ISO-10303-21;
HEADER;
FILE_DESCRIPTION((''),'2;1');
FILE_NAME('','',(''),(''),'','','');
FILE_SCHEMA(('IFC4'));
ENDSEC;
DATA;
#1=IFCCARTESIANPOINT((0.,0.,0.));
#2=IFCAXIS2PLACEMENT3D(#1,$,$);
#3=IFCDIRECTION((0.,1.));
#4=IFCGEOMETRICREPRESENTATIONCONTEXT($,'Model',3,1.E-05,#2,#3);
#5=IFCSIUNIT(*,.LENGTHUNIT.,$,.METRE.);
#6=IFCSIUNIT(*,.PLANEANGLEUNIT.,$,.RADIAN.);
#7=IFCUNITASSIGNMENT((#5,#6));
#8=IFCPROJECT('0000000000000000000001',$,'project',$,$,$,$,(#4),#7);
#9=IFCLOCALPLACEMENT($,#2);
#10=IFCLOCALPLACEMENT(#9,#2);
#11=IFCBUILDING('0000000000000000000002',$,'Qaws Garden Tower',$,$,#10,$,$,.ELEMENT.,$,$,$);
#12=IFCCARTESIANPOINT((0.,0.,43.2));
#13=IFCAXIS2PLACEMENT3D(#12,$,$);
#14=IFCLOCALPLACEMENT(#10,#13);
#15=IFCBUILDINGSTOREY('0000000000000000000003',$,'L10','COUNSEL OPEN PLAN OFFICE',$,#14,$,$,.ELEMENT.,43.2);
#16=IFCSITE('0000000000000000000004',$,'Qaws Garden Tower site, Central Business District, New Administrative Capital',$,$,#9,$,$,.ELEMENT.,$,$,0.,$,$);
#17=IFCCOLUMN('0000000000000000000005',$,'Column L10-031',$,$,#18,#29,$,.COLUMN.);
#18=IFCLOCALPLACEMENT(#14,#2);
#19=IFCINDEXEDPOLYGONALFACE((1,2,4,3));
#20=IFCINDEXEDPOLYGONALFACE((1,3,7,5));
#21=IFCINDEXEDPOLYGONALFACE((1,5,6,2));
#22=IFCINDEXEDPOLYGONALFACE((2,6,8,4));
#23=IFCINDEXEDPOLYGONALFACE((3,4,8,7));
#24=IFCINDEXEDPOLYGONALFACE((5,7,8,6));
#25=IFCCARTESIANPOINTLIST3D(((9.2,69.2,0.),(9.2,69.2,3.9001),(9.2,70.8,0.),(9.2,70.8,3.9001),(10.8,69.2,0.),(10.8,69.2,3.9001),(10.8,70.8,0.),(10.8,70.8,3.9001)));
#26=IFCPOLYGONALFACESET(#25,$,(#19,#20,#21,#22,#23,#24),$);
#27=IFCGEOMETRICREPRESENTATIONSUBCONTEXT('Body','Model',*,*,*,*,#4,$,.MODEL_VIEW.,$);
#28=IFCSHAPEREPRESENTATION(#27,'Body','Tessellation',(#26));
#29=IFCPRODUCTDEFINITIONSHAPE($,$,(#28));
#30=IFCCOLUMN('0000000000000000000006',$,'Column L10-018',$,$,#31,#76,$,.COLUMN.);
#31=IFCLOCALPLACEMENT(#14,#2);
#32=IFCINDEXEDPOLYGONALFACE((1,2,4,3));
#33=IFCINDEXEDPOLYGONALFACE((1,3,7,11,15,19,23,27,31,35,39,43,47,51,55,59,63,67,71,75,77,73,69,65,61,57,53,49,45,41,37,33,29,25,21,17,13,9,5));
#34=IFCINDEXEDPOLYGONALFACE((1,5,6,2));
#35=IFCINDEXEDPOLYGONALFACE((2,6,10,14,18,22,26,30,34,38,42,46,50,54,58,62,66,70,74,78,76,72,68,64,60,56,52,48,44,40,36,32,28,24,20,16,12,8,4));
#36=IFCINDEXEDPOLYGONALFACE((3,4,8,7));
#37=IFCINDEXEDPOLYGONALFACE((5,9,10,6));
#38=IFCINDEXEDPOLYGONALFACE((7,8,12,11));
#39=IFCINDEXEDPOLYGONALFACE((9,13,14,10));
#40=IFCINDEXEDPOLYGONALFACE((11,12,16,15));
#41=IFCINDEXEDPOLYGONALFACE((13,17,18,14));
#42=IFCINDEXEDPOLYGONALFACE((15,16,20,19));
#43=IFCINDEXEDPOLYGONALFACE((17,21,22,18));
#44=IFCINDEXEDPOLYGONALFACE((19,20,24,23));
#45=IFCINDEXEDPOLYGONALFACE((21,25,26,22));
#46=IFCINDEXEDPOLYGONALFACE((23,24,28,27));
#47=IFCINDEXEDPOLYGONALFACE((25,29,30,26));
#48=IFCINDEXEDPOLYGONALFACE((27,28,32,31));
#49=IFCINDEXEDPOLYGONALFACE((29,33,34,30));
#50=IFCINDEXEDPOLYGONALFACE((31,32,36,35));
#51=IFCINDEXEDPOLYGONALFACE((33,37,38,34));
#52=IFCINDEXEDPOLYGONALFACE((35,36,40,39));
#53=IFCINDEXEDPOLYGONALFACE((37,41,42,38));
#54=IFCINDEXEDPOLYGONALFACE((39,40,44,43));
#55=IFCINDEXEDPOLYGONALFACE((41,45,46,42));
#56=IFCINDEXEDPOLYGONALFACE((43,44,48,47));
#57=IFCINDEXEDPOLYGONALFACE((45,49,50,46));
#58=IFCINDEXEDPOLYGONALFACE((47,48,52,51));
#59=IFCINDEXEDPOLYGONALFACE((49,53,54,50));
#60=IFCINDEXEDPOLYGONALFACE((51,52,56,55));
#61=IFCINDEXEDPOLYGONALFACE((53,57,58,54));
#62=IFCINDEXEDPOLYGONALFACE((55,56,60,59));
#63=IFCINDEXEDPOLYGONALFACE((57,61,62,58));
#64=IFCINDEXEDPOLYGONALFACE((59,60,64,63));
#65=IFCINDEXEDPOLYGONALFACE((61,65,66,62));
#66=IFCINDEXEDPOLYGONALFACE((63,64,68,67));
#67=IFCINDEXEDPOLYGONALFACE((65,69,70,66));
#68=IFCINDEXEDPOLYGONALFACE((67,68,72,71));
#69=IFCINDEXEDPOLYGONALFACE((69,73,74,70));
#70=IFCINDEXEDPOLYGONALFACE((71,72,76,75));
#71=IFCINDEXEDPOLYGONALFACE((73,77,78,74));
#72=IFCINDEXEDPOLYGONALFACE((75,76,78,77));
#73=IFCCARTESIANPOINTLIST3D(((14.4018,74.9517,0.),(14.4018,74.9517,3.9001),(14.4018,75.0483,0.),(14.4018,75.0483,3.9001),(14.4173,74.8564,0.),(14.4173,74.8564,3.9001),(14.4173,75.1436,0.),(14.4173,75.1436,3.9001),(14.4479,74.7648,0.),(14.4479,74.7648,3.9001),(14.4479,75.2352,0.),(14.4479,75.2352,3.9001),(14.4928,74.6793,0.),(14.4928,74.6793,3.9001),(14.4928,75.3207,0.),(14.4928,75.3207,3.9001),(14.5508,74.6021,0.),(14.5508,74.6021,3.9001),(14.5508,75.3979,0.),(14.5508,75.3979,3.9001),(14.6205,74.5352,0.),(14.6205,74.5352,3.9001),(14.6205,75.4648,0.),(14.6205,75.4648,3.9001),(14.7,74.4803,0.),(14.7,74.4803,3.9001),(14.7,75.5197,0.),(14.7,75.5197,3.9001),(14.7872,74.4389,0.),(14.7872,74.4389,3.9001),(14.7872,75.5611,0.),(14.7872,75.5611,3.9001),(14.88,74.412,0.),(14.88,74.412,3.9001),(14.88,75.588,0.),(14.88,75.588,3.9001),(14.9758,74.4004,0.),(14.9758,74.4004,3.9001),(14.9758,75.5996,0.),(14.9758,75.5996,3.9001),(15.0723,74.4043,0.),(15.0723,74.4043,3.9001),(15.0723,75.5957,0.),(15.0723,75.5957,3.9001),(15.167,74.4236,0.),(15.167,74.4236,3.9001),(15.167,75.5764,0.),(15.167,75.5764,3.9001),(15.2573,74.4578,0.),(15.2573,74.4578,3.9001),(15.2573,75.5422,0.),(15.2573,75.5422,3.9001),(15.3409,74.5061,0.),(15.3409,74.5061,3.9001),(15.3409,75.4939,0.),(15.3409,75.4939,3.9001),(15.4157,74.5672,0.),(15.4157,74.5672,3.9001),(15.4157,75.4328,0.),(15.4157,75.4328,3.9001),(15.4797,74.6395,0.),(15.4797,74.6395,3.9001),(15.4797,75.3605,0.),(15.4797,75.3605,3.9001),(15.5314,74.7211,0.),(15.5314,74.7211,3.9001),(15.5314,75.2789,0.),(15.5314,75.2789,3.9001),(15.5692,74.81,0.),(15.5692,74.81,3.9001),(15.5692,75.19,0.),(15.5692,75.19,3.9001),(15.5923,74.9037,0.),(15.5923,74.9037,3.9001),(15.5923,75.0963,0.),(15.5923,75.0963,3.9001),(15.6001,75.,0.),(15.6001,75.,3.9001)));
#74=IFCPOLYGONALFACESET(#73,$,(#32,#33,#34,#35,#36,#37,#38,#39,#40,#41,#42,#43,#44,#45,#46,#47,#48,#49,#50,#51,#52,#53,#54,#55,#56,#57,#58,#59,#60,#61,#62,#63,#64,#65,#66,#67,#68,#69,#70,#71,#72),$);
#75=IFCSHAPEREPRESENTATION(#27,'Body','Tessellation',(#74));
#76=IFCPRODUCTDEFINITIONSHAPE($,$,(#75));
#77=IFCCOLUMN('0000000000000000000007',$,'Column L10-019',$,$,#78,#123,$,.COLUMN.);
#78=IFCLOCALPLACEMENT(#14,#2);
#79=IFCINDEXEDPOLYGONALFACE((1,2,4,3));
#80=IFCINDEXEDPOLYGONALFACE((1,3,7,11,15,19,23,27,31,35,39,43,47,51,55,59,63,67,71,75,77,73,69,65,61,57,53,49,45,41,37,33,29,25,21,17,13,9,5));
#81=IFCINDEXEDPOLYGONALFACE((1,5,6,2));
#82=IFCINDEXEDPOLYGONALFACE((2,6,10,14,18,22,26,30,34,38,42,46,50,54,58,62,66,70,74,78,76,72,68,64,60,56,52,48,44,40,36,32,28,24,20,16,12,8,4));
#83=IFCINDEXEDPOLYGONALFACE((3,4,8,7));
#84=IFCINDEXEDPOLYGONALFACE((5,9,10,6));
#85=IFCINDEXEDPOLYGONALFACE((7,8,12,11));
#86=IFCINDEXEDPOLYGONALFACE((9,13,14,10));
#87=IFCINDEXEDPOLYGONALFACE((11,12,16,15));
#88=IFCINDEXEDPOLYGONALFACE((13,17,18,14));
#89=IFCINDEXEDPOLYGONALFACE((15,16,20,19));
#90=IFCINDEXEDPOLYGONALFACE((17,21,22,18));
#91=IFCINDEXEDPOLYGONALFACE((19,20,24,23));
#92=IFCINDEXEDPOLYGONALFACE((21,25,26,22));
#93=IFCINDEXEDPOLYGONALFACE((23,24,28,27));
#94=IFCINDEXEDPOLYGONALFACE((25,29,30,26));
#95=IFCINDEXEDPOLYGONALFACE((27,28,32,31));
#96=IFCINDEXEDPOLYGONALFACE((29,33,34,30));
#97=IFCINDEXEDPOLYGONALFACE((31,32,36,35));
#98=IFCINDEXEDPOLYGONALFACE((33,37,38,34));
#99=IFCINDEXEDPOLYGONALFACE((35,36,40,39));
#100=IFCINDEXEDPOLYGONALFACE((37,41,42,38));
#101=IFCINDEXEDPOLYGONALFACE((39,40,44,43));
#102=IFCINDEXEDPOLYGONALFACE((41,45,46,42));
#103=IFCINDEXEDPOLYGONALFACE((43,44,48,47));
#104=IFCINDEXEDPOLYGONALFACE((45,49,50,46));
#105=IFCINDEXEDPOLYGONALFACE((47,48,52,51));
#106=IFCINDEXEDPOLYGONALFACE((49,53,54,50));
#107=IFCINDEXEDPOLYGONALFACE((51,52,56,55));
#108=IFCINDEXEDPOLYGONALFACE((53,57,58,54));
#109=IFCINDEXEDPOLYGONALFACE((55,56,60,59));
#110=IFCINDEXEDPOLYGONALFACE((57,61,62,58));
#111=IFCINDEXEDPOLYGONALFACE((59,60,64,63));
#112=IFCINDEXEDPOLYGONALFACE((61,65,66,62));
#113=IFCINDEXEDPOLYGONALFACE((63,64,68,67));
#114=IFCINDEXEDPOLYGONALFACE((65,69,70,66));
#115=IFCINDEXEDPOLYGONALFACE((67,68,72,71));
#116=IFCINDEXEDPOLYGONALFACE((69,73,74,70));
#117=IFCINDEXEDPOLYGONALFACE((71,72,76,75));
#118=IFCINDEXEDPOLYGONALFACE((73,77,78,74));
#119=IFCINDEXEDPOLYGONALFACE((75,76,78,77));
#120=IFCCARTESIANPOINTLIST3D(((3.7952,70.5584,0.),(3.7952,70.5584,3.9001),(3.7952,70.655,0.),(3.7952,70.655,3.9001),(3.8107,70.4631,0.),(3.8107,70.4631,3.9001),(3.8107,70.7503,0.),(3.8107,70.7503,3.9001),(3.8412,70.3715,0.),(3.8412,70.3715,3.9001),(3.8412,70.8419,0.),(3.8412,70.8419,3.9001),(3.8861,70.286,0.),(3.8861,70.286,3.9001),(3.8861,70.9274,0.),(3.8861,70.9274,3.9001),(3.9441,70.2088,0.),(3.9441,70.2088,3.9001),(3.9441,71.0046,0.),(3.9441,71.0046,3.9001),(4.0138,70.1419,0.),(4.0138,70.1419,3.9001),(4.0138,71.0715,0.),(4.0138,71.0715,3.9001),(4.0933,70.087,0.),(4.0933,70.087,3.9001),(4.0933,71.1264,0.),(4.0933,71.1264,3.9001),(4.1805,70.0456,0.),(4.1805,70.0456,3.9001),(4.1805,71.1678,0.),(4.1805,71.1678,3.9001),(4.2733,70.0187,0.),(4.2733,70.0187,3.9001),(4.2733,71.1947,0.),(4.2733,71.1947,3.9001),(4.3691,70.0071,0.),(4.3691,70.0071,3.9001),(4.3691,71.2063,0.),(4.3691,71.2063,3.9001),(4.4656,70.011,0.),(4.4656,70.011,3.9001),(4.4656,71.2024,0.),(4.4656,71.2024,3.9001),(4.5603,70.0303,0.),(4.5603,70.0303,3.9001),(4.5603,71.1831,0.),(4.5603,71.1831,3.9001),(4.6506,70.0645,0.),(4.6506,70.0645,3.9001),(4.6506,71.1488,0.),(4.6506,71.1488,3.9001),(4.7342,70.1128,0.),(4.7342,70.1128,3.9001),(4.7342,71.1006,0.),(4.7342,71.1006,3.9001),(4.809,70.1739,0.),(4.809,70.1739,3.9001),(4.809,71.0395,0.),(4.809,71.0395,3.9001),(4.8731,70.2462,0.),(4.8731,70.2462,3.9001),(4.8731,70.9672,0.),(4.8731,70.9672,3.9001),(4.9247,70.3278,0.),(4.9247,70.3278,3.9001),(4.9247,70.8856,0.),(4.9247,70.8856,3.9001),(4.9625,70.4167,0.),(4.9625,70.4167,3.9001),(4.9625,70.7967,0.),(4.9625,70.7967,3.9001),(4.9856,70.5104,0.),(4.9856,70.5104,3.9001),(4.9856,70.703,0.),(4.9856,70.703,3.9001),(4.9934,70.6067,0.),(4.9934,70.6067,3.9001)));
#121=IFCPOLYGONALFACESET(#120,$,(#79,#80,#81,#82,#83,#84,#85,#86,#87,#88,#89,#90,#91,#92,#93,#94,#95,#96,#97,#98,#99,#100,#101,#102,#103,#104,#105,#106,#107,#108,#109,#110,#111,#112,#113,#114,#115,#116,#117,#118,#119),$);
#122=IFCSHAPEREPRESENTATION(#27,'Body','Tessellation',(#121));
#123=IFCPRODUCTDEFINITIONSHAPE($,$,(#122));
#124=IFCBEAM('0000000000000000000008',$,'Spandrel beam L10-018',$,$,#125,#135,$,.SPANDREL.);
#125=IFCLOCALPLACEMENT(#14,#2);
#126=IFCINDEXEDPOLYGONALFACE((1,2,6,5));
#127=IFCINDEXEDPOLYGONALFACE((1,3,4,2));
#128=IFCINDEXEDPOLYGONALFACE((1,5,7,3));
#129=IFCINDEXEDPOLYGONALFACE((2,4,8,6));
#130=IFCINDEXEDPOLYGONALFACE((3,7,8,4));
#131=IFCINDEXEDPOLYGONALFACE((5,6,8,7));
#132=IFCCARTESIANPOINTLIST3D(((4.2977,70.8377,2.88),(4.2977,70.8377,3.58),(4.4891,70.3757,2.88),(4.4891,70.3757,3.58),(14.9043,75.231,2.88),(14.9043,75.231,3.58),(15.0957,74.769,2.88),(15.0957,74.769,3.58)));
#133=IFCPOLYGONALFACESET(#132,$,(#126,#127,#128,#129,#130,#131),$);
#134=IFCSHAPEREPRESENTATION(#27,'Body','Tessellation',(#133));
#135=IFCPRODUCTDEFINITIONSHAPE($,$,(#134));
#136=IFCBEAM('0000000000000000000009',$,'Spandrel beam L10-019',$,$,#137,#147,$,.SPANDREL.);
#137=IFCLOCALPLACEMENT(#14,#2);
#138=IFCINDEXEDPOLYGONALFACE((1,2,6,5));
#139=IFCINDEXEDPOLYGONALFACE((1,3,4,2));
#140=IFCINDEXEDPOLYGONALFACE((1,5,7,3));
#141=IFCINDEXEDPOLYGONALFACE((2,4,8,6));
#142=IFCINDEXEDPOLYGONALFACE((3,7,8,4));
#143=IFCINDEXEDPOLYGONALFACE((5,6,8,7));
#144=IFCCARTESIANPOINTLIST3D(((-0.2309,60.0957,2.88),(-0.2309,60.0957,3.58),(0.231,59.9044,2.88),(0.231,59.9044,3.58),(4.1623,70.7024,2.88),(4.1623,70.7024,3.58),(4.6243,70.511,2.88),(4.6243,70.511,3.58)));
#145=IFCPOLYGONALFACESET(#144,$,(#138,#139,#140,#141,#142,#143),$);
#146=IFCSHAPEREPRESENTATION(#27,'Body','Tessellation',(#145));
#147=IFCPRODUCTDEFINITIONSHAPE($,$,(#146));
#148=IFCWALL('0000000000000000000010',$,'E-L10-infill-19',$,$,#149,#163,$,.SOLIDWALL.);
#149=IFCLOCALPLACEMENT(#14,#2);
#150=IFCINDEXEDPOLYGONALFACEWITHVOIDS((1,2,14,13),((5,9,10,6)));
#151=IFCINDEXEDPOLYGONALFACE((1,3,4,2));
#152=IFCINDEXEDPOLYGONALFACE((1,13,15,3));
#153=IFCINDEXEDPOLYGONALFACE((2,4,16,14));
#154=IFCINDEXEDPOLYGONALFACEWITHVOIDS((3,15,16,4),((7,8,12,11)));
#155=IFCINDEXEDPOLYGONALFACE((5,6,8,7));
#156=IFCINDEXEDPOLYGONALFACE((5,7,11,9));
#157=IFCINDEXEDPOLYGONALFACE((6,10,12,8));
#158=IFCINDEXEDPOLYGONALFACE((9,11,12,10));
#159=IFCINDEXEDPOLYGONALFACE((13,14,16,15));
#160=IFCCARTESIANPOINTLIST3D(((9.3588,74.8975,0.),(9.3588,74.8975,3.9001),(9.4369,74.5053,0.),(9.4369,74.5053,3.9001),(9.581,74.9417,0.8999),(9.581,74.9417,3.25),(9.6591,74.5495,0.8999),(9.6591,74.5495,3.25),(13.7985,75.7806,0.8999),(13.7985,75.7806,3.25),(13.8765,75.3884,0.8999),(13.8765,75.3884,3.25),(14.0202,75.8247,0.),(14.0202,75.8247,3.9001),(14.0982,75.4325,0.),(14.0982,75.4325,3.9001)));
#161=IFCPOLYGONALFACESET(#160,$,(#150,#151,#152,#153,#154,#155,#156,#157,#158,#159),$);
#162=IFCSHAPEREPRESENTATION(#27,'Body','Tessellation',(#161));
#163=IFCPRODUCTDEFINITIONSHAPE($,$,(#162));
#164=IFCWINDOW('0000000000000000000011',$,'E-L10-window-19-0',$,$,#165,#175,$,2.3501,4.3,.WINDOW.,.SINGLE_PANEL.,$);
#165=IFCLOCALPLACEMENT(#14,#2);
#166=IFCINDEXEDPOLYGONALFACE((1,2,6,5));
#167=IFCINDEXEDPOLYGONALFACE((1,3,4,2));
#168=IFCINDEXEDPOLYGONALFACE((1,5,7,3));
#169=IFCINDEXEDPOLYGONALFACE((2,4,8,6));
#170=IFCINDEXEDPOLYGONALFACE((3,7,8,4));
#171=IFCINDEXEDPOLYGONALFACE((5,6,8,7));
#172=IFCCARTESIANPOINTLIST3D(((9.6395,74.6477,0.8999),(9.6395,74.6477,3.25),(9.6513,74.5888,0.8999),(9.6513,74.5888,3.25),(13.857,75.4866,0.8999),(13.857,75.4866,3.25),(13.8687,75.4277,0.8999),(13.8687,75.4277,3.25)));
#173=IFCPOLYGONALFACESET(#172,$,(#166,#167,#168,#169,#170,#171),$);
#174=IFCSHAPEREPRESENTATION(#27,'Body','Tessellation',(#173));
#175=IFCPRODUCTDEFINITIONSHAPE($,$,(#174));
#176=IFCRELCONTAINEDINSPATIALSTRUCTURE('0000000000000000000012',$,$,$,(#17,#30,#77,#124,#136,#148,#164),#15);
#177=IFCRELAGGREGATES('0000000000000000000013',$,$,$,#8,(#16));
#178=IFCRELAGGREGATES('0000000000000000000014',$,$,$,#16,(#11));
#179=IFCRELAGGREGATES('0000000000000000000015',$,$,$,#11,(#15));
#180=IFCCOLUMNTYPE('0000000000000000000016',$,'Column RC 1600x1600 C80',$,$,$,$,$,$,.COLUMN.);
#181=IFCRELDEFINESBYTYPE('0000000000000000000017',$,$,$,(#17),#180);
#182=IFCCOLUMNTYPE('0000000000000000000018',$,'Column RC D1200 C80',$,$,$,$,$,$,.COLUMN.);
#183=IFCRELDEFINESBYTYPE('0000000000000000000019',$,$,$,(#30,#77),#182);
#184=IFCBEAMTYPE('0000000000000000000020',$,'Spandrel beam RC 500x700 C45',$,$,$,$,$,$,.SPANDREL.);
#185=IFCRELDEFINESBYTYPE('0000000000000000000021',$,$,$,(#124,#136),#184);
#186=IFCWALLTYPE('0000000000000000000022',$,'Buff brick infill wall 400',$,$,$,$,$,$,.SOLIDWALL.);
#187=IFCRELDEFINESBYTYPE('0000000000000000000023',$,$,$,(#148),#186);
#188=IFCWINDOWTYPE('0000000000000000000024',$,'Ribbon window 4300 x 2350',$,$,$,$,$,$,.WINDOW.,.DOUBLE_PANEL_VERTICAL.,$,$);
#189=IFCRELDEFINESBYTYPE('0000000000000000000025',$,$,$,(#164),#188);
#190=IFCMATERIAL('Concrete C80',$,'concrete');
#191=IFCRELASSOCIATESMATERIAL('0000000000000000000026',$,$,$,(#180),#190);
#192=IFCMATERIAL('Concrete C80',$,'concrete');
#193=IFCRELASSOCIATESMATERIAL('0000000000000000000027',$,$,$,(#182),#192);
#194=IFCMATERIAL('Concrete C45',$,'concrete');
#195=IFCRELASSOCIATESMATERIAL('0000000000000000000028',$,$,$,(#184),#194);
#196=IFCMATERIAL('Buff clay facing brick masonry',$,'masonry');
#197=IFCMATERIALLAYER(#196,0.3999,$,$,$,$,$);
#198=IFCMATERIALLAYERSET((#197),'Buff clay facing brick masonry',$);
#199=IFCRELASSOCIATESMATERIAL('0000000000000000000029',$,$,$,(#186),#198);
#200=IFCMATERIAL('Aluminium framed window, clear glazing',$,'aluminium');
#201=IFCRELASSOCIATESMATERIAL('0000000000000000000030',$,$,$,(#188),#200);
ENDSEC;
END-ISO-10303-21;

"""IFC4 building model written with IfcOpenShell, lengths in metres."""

from ifc_helpers import new_model, si_unit, direction, frame, frame_2d, origin, origin_2d, place, context, subcontext, project, spatial, rectangle, circle, extrude, material, layer, layer_set, material_profile, profile_set, type_object, element, fill, save


model = new_model("IFC4")

# Units and contexts
model_context = context("Model", 3, precision=1e-05, world=origin(), true_north=direction((0.0, 1.0)))
body_context = subcontext(model_context, "Body", "Model", "MODEL_VIEW")
ifc_project = project(units=[si_unit("LENGTHUNIT", "METRE"), si_unit("PLANEANGLEUNIT", "RADIAN")], contexts=[model_context])

# Site, building, storey
site_placement = place(None, origin())
site = spatial("IfcSite", under=ifc_project, at=site_placement, Name="Qaws Garden Tower site, Central Business District, New Administrative Capital", CompositionType="ELEMENT", RefElevation=0.0)
building_placement = place(site_placement, origin())
building = spatial("IfcBuilding", under=site, at=building_placement, Name="Qaws Garden Tower", CompositionType="ELEMENT")
storey_placement = place(building_placement, frame((0.0, 0.0, 43.2)))
storey = spatial("IfcBuildingStorey", under=building, at=storey_placement, Name="L10", Description="COUNSEL OPEN PLAN OFFICE", CompositionType="ELEMENT", Elevation=43.2)

# Columns
ifc_material_1 = material(Name="Concrete C80", Category="concrete")
ifc_material_profile_1 = material_profile(ifc_material_1, rectangle(XDim=1.6001, YDim=1.6001, at=origin_2d()), Name="RC 1600x1600")
ifc_profile_set_1 = profile_set([ifc_material_profile_1], Name="Concrete C80")
column_type_1 = type_object("IfcColumnType", Name="Column RC 1600x1600 C80", PredefinedType="COLUMN", material=ifc_profile_set_1)
column_placement = place(storey_placement, frame((10.0, 70.0, 0.0), z_axis=(0.0, 0.0, 1.0), x_axis=(1.0, 0.0, 0.0)))
element("IfcColumn", 1, at=column_placement, inside=storey, type_object=column_type_1, Name="Column L10-031", PredefinedType="COLUMN", context=body_context, shape_type="SweptSolid", body=[
    extrude(rectangle(XDim=1.6001, YDim=1.6001, at=origin_2d()), origin(), (0.0, 0.0, 1.0), 3.9001),
])
ifc_material_2 = material(Name="Concrete C80", Category="concrete")
ifc_material_profile_2 = material_profile(ifc_material_2, circle(Radius=0.6001, at=origin_2d()), Name="RC D1200")
ifc_profile_set_2 = profile_set([ifc_material_profile_2], Name="Concrete C80")
column_type_2 = type_object("IfcColumnType", Name="Column RC D1200 C80", PredefinedType="COLUMN", material=ifc_profile_set_2)
for number, where, z_axis, x_axis, name in (
    (2, (15.0, 75.0, 0.0), (0.0, 0.0, 1.0), (1.0, 0.0, 0.0), "Column L10-018"),
    (3, (4.3933, 70.6067, 0.0), (0.0, 0.0, 1.0), (1.0, 0.0, 0.0), "Column L10-019"),
):
    element("IfcColumn", number, at=place(storey_placement, frame(where, z_axis=z_axis, x_axis=x_axis)), inside=storey, type_object=column_type_2, Name=name, PredefinedType="COLUMN", context=body_context, shape_type="SweptSolid", body=[
        extrude(circle(Radius=0.6001, at=origin_2d()), origin(), (0.0, 0.0, 1.0), 3.9001),
    ])

# Beams
ifc_material_3 = material(Name="Concrete C45", Category="concrete")
ifc_material_profile_3 = material_profile(ifc_material_3, rectangle(XDim=0.5, YDim=0.7, at=origin_2d()), Name="RC 500x700")
ifc_profile_set_3 = profile_set([ifc_material_profile_3], Name="Concrete C45")
beam_type = type_object("IfcBeamType", Name="Spandrel beam RC 500x700 C45", PredefinedType="SPANDREL", material=ifc_profile_set_3)
for number, where, z_axis, x_axis, name in (
    (4, (15.0, 75.0, 3.23), (-0.923883, -0.382674, 0.0), (0.382674, -0.923883, 0.0), "Spandrel beam L10-018"),
    (5, (4.3933, 70.6067, 3.23), (-0.382674, -0.923883, 0.0), (0.923883, -0.382674, 0.0), "Spandrel beam L10-019"),
):
    element("IfcBeam", number, at=place(storey_placement, frame(where, z_axis=z_axis, x_axis=x_axis)), inside=storey, type_object=beam_type, Name=name, PredefinedType="SPANDREL", context=body_context, shape_type="SweptSolid", body=[
        extrude(rectangle(XDim=0.5, YDim=0.7, at=origin_2d()), origin(), (0.0, 0.0, 1.0), 11.4805),
    ])

# Wall, opening, window
ifc_material_4 = material(Name="Buff clay facing brick masonry", Category="masonry")
ifc_layer_1 = layer(ifc_material_4, 0.3999)
ifc_layer_set_1 = layer_set([ifc_layer_1], Name="Buff clay facing brick masonry")
wall_type_1 = type_object("IfcWallType", Name="Buff brick infill wall 400", PredefinedType="SOLIDWALL", material=ifc_layer_set_1)
wall_1_placement = place(storey_placement, frame((14.0593, 75.6287, 0.0), z_axis=(0.0, 0.0, 1.0), x_axis=(-0.980784, -0.195099, 0.0)))
wall_1 = element("IfcWall", 6, at=wall_1_placement, inside=storey, type_object=wall_type_1, Name="E-L10-infill-19", PredefinedType="SOLIDWALL", context=body_context, shape_type="SweptSolid", body=[
    extrude(rectangle(XDim=4.7527, YDim=0.3999, at=frame_2d((2.3765, 0.0))), origin(), (0.0, 0.0, 1.0), 3.9001),
])
opening_1_placement = place(wall_1_placement, frame((0.2263, 0.0, 0.8999)))
opening_1 = element("IfcOpeningElement", 7, at=opening_1_placement, cuts=wall_1, PredefinedType="OPENING", context=body_context, shape_type="SweptSolid", body=[
    extrude(rectangle(XDim=4.3, YDim=2.3501, at=frame_2d((2.1499, 1.175))), frame((0.0, 0.21, 0.0), z_axis=(0.0, -1.0, 0.0), x_axis=(1.0, 0.0, 0.0)), (0.0, 0.0, 1.0), 0.4199),
])
ifc_material_5 = material(Name="Aluminium framed window, clear glazing", Category="aluminium")
window_type = type_object("IfcWindowType", Name="Ribbon window 4300 x 2350", PartitioningType="DOUBLE_PANEL_VERTICAL", PredefinedType="WINDOW", material=ifc_material_5)
window_1_placement = place(opening_1_placement, origin())
window_1 = element("IfcWindow", 8, at=window_1_placement, inside=storey, type_object=window_type, Name="E-L10-window-19-0", OverallHeight=2.3501, OverallWidth=4.3, PartitioningType="SINGLE_PANEL", PredefinedType="WINDOW", context=body_context, shape_type="SweptSolid", body=[
    extrude(rectangle(XDim=4.3, YDim=2.3501, at=frame_2d((2.1499, 1.175))), frame((0.0, 0.1599, 0.0), z_axis=(0.0, -1.0, 0.0), x_axis=(1.0, 0.0, 0.0)), (0.0, 0.0, 1.0), 0.0601),
])
fill(opening_1, window_1)

save(model, "model.ifc")
